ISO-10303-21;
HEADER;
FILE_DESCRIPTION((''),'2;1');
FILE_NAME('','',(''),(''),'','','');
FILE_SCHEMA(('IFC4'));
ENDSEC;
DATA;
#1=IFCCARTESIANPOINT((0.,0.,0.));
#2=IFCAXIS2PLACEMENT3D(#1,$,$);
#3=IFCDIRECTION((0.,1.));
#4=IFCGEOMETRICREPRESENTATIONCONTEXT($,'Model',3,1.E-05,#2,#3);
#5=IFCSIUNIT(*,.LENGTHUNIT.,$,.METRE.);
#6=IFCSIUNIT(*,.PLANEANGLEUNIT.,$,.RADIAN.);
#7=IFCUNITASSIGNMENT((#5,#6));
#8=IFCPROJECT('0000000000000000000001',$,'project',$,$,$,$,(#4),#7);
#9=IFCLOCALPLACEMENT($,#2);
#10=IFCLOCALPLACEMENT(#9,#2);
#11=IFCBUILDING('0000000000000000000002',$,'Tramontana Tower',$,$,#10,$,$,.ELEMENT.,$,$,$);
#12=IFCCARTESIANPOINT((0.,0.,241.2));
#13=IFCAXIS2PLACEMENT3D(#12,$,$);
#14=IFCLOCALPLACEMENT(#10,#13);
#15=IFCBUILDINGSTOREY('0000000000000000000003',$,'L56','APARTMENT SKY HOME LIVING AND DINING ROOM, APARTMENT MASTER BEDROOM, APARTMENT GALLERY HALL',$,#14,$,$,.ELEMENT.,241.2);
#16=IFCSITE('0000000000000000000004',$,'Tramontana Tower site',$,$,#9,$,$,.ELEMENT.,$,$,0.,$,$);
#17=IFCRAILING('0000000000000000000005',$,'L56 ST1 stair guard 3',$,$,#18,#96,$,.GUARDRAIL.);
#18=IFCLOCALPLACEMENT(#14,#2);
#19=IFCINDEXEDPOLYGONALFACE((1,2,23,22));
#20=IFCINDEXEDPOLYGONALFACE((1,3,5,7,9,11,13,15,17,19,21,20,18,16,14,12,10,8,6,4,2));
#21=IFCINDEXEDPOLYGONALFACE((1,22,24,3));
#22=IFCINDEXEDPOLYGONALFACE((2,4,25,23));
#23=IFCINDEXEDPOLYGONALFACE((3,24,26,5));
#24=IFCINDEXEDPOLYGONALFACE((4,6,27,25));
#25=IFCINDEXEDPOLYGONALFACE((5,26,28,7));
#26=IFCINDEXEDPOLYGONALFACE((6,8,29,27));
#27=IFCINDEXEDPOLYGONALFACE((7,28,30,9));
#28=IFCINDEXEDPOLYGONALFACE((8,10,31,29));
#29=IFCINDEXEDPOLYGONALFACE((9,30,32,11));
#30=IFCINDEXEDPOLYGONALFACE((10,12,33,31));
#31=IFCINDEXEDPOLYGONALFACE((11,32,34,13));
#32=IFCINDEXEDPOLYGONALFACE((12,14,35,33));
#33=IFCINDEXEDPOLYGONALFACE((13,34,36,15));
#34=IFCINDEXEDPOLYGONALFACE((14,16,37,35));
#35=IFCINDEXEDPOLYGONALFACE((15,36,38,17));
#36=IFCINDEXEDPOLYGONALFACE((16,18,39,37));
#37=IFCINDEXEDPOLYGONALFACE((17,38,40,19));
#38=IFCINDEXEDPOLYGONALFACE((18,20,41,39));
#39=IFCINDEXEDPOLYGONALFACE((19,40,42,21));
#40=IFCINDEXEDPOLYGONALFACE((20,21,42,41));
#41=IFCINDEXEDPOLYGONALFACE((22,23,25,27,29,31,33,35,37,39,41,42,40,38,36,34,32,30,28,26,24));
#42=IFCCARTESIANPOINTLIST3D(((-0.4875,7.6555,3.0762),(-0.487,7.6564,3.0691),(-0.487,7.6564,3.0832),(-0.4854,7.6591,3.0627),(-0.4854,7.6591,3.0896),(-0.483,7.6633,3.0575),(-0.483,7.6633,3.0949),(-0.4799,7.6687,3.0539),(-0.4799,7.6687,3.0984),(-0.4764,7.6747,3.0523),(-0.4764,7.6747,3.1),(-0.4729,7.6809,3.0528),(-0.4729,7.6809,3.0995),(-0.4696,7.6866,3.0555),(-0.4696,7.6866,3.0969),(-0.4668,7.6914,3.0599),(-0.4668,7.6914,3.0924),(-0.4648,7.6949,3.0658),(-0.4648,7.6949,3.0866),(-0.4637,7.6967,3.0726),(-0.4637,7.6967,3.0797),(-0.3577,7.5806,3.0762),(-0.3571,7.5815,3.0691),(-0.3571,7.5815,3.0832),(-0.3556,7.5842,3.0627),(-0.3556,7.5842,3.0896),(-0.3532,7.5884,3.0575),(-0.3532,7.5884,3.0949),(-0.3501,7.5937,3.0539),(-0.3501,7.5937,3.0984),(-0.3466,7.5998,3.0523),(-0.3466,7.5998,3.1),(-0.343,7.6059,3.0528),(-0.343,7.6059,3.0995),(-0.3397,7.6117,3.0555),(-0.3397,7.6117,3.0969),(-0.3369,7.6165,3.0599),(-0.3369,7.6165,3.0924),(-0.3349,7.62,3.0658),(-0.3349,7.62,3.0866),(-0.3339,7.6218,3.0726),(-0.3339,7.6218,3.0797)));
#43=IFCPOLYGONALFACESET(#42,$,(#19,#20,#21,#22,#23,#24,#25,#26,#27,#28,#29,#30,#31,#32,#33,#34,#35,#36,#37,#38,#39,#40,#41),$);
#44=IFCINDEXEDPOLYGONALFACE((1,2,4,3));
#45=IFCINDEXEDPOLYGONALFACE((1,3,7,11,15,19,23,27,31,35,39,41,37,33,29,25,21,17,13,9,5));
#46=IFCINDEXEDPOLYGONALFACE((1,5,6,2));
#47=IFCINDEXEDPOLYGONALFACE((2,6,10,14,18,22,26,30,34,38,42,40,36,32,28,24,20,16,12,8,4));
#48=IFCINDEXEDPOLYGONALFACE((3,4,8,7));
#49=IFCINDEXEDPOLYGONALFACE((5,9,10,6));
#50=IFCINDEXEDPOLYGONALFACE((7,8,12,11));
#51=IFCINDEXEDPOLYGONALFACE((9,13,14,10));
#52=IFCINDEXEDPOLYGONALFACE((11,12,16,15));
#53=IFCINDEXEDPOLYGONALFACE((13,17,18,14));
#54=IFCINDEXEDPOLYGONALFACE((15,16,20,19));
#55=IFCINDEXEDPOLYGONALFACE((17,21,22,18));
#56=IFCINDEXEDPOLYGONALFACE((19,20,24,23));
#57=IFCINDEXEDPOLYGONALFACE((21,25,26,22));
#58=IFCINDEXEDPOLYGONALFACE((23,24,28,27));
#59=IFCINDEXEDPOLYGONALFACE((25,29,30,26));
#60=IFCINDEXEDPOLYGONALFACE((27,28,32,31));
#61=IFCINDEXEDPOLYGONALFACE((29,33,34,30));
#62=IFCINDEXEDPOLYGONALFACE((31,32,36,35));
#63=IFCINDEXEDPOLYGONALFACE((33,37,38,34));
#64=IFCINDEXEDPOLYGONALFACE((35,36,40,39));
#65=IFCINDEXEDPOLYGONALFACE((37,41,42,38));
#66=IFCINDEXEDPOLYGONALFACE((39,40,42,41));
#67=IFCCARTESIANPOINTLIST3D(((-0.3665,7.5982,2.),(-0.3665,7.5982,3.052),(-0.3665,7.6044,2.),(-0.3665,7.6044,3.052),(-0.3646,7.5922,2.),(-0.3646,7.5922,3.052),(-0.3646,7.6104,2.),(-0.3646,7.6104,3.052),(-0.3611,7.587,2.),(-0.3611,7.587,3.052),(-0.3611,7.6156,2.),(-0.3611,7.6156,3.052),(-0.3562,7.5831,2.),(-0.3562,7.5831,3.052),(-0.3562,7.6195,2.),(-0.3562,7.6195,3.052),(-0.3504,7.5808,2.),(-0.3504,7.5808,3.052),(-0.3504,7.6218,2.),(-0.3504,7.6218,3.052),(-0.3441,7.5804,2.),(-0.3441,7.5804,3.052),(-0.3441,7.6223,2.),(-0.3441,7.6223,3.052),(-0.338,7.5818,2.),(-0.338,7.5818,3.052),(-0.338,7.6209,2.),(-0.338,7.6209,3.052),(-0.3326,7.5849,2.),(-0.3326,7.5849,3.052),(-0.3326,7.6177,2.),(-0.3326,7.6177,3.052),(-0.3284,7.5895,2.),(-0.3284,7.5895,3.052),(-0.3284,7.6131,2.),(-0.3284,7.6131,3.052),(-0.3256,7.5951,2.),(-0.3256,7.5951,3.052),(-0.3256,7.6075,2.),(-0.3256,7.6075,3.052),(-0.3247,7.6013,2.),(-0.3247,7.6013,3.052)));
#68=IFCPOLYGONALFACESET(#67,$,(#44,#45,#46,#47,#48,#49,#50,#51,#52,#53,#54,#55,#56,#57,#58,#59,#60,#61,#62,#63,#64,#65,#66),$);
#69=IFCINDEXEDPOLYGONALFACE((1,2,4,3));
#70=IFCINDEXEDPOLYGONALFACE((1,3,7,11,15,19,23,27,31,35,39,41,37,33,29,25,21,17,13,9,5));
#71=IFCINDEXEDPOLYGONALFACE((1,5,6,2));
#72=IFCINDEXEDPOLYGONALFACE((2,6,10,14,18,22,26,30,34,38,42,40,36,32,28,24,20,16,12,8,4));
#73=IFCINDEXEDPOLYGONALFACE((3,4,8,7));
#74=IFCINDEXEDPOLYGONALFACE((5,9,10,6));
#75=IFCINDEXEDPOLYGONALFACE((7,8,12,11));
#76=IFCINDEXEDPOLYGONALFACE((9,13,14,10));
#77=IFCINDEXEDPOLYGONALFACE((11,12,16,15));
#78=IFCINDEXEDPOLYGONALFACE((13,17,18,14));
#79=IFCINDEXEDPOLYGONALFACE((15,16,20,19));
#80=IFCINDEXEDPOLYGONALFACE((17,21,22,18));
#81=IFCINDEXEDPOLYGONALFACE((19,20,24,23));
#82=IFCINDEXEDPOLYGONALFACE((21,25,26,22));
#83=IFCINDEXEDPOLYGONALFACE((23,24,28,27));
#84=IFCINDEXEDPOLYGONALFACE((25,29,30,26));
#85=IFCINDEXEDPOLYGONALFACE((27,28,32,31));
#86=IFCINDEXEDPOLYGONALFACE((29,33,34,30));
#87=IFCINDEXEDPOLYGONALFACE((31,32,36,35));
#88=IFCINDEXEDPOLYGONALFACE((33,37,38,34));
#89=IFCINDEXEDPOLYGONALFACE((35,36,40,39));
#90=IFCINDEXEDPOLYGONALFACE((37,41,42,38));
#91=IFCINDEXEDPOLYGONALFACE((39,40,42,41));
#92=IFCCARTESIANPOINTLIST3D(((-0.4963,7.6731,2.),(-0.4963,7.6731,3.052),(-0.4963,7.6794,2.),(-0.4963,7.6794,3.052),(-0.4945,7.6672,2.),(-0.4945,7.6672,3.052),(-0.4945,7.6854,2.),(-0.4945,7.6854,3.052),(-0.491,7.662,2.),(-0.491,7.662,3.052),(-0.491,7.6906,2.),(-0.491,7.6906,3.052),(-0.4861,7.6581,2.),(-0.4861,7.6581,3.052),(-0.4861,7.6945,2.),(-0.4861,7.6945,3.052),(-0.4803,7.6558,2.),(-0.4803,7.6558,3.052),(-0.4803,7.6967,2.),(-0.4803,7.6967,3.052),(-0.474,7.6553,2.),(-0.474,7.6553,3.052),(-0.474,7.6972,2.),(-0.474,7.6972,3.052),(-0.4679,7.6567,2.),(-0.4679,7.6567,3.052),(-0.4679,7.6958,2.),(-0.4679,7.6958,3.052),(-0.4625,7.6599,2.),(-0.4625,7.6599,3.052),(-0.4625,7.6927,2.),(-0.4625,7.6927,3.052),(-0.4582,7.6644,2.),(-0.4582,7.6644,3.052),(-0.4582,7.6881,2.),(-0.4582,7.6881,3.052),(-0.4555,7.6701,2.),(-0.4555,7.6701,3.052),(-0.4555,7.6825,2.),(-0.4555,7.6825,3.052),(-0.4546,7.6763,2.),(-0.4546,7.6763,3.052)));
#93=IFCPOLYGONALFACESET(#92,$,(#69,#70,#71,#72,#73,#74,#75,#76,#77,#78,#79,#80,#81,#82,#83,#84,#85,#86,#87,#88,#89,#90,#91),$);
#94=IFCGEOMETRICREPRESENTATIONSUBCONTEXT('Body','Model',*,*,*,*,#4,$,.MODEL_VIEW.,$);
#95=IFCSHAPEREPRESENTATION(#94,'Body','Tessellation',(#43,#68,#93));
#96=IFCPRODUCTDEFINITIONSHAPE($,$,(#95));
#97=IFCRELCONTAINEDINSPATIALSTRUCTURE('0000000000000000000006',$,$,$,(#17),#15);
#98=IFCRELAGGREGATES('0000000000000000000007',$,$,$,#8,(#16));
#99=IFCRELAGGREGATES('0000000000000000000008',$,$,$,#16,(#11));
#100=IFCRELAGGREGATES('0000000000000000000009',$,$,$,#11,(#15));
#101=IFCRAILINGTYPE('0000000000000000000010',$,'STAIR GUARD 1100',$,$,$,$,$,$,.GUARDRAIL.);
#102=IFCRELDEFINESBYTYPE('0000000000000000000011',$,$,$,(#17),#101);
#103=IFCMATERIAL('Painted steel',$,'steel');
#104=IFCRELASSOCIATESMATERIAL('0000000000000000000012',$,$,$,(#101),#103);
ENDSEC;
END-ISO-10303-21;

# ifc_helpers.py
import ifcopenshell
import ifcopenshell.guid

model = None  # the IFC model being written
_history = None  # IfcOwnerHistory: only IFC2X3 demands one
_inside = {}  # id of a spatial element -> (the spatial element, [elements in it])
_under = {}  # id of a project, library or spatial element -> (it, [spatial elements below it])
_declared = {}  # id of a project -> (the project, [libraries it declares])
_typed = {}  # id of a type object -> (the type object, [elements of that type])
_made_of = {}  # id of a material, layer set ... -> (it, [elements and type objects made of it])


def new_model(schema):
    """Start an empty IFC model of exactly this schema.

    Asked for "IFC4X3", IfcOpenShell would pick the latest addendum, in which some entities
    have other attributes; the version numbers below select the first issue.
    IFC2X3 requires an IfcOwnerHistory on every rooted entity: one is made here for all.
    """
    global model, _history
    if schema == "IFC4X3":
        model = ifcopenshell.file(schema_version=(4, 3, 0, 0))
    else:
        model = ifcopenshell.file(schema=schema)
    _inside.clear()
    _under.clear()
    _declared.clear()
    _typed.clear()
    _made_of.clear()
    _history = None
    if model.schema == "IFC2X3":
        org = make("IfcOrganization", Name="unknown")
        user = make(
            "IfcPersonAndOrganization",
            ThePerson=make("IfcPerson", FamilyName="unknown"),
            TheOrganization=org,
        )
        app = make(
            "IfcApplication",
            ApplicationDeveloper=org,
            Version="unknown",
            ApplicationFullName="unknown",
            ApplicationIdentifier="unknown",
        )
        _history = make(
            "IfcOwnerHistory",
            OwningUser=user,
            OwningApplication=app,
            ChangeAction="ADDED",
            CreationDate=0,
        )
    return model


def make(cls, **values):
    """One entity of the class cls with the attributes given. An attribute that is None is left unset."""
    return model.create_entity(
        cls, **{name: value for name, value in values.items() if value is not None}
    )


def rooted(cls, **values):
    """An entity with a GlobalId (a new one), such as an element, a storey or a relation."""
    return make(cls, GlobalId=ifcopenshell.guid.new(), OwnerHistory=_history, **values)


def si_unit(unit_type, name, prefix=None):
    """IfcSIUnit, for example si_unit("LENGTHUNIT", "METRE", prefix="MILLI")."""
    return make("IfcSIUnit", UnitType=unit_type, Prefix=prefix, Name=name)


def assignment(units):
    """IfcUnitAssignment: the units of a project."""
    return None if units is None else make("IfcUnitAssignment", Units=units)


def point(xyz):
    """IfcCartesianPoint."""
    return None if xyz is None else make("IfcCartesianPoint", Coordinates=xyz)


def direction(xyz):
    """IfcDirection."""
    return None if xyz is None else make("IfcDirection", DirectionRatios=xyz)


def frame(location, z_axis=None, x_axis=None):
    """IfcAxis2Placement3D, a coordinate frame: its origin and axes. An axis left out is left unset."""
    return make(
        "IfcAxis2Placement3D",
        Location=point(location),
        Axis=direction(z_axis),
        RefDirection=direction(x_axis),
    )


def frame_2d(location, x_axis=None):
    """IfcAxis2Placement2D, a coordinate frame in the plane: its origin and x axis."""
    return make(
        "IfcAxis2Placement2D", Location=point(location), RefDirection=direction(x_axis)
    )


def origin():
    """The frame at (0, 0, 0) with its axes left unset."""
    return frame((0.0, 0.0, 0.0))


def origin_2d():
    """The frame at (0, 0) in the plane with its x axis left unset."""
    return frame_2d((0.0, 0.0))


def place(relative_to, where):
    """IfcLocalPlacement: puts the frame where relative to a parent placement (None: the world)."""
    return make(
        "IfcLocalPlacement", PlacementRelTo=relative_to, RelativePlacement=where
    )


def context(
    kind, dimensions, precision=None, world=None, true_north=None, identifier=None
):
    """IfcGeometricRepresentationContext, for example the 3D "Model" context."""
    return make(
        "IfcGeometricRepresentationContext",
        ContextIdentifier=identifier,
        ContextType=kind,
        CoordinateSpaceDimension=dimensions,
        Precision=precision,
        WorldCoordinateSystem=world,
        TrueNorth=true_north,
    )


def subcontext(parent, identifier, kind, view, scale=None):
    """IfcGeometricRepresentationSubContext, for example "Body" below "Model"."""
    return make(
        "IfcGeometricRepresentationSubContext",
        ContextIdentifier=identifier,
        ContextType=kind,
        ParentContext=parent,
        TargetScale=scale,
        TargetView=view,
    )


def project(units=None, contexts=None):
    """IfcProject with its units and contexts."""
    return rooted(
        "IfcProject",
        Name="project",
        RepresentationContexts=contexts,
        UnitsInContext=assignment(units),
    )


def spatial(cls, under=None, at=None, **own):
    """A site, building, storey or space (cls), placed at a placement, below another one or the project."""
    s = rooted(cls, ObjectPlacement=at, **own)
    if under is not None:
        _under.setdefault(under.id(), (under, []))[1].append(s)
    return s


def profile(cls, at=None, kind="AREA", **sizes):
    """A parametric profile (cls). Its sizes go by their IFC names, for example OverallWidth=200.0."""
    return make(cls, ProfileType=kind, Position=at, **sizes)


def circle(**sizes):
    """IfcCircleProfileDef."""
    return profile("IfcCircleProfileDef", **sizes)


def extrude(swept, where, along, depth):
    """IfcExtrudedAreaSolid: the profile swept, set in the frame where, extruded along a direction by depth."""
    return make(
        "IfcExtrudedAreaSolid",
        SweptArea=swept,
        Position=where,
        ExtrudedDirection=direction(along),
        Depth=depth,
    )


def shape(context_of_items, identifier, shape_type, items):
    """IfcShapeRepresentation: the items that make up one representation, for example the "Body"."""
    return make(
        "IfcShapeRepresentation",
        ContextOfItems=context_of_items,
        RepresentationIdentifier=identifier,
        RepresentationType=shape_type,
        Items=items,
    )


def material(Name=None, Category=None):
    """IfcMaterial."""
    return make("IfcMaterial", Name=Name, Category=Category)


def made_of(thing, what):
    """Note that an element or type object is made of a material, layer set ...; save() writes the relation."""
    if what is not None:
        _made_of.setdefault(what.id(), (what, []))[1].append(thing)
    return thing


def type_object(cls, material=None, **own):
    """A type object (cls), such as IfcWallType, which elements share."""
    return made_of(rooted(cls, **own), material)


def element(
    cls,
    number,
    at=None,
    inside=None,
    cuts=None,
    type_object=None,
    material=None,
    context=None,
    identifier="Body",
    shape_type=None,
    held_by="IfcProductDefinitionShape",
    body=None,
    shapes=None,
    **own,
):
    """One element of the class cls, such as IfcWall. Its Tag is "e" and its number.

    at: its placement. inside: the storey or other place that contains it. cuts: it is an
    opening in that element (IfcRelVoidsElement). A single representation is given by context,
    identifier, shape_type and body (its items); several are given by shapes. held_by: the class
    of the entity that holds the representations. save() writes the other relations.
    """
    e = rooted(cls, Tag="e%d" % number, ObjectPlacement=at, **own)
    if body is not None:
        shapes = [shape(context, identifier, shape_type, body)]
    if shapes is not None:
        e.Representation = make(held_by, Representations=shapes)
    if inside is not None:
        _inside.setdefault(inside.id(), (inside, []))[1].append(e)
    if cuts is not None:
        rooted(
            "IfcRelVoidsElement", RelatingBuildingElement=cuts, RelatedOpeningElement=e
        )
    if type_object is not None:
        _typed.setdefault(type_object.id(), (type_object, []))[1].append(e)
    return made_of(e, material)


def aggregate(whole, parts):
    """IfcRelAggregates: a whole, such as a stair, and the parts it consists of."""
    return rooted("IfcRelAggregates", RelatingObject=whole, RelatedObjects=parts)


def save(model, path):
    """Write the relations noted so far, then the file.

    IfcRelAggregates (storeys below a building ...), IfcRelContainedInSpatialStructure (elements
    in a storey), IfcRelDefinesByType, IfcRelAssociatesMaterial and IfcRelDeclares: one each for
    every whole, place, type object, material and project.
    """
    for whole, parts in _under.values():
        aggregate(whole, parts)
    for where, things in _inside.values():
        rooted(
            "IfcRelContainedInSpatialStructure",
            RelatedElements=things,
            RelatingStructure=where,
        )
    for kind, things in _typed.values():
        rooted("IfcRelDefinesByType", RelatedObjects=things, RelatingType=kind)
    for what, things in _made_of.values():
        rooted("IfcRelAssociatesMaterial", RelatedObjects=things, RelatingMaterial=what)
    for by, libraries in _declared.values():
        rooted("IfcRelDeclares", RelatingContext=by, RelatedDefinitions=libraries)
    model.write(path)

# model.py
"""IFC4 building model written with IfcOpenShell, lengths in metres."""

from ifc_helpers import new_model, si_unit, direction, frame, origin, origin_2d, place, context, subcontext, project, spatial, circle, extrude, material, type_object, element, save


model = new_model("IFC4")

# Units and contexts
model_context = context("Model", 3, precision=1e-05, world=origin(), true_north=direction((0.0, 1.0)))
body_context = subcontext(model_context, "Body", "Model", "MODEL_VIEW")
ifc_project = project(units=[si_unit("LENGTHUNIT", "METRE"), si_unit("PLANEANGLEUNIT", "RADIAN")], contexts=[model_context])

# Site, building, storey
site_placement = place(None, origin())
site = spatial("IfcSite", under=ifc_project, at=site_placement, Name="Tramontana Tower site", CompositionType="ELEMENT", RefElevation=0.0)
building_placement = place(site_placement, origin())
building = spatial("IfcBuilding", under=site, at=building_placement, Name="Tramontana Tower", CompositionType="ELEMENT")
storey_placement = place(building_placement, frame((0.0, 0.0, 241.2)))
storey = spatial("IfcBuildingStorey", under=building, at=storey_placement, Name="L56", Description="APARTMENT SKY HOME LIVING AND DINING ROOM, APARTMENT MASTER BEDROOM, APARTMENT GALLERY HALL", CompositionType="ELEMENT", Elevation=241.2)

# Railing
ifc_material_1 = material(Name="Painted steel", Category="steel")
railing_type = type_object("IfcRailingType", Name="STAIR GUARD 1100", PredefinedType="GUARDRAIL", material=ifc_material_1)
railing_1_placement = place(storey_placement, frame((-0.3457, 7.6013, 2.0)))
element("IfcRailing", 1, at=railing_1_placement, inside=storey, type_object=railing_type, Name="L56 ST1 stair guard 3", PredefinedType="GUARDRAIL", context=body_context, shape_type="SweptSolid", body=[
    extrude(circle(Radius=0.0239, at=origin_2d()), frame((0.0, 0.0, 1.0762), z_axis=(-0.866131, 0.499816, 0.0), x_axis=(-0.499816, -0.866131, 0.0)), (0.0, 0.0, 1.0), 0.1499),
    extrude(circle(Radius=0.021, at=origin_2d()), origin(), (0.0, 0.0, 1.0), 1.052),
    extrude(circle(Radius=0.021, at=origin_2d()), frame((-0.1299, 0.075, 0.0)), (0.0, 0.0, 1.0), 1.052),
])

save(model, "model.ifc")
